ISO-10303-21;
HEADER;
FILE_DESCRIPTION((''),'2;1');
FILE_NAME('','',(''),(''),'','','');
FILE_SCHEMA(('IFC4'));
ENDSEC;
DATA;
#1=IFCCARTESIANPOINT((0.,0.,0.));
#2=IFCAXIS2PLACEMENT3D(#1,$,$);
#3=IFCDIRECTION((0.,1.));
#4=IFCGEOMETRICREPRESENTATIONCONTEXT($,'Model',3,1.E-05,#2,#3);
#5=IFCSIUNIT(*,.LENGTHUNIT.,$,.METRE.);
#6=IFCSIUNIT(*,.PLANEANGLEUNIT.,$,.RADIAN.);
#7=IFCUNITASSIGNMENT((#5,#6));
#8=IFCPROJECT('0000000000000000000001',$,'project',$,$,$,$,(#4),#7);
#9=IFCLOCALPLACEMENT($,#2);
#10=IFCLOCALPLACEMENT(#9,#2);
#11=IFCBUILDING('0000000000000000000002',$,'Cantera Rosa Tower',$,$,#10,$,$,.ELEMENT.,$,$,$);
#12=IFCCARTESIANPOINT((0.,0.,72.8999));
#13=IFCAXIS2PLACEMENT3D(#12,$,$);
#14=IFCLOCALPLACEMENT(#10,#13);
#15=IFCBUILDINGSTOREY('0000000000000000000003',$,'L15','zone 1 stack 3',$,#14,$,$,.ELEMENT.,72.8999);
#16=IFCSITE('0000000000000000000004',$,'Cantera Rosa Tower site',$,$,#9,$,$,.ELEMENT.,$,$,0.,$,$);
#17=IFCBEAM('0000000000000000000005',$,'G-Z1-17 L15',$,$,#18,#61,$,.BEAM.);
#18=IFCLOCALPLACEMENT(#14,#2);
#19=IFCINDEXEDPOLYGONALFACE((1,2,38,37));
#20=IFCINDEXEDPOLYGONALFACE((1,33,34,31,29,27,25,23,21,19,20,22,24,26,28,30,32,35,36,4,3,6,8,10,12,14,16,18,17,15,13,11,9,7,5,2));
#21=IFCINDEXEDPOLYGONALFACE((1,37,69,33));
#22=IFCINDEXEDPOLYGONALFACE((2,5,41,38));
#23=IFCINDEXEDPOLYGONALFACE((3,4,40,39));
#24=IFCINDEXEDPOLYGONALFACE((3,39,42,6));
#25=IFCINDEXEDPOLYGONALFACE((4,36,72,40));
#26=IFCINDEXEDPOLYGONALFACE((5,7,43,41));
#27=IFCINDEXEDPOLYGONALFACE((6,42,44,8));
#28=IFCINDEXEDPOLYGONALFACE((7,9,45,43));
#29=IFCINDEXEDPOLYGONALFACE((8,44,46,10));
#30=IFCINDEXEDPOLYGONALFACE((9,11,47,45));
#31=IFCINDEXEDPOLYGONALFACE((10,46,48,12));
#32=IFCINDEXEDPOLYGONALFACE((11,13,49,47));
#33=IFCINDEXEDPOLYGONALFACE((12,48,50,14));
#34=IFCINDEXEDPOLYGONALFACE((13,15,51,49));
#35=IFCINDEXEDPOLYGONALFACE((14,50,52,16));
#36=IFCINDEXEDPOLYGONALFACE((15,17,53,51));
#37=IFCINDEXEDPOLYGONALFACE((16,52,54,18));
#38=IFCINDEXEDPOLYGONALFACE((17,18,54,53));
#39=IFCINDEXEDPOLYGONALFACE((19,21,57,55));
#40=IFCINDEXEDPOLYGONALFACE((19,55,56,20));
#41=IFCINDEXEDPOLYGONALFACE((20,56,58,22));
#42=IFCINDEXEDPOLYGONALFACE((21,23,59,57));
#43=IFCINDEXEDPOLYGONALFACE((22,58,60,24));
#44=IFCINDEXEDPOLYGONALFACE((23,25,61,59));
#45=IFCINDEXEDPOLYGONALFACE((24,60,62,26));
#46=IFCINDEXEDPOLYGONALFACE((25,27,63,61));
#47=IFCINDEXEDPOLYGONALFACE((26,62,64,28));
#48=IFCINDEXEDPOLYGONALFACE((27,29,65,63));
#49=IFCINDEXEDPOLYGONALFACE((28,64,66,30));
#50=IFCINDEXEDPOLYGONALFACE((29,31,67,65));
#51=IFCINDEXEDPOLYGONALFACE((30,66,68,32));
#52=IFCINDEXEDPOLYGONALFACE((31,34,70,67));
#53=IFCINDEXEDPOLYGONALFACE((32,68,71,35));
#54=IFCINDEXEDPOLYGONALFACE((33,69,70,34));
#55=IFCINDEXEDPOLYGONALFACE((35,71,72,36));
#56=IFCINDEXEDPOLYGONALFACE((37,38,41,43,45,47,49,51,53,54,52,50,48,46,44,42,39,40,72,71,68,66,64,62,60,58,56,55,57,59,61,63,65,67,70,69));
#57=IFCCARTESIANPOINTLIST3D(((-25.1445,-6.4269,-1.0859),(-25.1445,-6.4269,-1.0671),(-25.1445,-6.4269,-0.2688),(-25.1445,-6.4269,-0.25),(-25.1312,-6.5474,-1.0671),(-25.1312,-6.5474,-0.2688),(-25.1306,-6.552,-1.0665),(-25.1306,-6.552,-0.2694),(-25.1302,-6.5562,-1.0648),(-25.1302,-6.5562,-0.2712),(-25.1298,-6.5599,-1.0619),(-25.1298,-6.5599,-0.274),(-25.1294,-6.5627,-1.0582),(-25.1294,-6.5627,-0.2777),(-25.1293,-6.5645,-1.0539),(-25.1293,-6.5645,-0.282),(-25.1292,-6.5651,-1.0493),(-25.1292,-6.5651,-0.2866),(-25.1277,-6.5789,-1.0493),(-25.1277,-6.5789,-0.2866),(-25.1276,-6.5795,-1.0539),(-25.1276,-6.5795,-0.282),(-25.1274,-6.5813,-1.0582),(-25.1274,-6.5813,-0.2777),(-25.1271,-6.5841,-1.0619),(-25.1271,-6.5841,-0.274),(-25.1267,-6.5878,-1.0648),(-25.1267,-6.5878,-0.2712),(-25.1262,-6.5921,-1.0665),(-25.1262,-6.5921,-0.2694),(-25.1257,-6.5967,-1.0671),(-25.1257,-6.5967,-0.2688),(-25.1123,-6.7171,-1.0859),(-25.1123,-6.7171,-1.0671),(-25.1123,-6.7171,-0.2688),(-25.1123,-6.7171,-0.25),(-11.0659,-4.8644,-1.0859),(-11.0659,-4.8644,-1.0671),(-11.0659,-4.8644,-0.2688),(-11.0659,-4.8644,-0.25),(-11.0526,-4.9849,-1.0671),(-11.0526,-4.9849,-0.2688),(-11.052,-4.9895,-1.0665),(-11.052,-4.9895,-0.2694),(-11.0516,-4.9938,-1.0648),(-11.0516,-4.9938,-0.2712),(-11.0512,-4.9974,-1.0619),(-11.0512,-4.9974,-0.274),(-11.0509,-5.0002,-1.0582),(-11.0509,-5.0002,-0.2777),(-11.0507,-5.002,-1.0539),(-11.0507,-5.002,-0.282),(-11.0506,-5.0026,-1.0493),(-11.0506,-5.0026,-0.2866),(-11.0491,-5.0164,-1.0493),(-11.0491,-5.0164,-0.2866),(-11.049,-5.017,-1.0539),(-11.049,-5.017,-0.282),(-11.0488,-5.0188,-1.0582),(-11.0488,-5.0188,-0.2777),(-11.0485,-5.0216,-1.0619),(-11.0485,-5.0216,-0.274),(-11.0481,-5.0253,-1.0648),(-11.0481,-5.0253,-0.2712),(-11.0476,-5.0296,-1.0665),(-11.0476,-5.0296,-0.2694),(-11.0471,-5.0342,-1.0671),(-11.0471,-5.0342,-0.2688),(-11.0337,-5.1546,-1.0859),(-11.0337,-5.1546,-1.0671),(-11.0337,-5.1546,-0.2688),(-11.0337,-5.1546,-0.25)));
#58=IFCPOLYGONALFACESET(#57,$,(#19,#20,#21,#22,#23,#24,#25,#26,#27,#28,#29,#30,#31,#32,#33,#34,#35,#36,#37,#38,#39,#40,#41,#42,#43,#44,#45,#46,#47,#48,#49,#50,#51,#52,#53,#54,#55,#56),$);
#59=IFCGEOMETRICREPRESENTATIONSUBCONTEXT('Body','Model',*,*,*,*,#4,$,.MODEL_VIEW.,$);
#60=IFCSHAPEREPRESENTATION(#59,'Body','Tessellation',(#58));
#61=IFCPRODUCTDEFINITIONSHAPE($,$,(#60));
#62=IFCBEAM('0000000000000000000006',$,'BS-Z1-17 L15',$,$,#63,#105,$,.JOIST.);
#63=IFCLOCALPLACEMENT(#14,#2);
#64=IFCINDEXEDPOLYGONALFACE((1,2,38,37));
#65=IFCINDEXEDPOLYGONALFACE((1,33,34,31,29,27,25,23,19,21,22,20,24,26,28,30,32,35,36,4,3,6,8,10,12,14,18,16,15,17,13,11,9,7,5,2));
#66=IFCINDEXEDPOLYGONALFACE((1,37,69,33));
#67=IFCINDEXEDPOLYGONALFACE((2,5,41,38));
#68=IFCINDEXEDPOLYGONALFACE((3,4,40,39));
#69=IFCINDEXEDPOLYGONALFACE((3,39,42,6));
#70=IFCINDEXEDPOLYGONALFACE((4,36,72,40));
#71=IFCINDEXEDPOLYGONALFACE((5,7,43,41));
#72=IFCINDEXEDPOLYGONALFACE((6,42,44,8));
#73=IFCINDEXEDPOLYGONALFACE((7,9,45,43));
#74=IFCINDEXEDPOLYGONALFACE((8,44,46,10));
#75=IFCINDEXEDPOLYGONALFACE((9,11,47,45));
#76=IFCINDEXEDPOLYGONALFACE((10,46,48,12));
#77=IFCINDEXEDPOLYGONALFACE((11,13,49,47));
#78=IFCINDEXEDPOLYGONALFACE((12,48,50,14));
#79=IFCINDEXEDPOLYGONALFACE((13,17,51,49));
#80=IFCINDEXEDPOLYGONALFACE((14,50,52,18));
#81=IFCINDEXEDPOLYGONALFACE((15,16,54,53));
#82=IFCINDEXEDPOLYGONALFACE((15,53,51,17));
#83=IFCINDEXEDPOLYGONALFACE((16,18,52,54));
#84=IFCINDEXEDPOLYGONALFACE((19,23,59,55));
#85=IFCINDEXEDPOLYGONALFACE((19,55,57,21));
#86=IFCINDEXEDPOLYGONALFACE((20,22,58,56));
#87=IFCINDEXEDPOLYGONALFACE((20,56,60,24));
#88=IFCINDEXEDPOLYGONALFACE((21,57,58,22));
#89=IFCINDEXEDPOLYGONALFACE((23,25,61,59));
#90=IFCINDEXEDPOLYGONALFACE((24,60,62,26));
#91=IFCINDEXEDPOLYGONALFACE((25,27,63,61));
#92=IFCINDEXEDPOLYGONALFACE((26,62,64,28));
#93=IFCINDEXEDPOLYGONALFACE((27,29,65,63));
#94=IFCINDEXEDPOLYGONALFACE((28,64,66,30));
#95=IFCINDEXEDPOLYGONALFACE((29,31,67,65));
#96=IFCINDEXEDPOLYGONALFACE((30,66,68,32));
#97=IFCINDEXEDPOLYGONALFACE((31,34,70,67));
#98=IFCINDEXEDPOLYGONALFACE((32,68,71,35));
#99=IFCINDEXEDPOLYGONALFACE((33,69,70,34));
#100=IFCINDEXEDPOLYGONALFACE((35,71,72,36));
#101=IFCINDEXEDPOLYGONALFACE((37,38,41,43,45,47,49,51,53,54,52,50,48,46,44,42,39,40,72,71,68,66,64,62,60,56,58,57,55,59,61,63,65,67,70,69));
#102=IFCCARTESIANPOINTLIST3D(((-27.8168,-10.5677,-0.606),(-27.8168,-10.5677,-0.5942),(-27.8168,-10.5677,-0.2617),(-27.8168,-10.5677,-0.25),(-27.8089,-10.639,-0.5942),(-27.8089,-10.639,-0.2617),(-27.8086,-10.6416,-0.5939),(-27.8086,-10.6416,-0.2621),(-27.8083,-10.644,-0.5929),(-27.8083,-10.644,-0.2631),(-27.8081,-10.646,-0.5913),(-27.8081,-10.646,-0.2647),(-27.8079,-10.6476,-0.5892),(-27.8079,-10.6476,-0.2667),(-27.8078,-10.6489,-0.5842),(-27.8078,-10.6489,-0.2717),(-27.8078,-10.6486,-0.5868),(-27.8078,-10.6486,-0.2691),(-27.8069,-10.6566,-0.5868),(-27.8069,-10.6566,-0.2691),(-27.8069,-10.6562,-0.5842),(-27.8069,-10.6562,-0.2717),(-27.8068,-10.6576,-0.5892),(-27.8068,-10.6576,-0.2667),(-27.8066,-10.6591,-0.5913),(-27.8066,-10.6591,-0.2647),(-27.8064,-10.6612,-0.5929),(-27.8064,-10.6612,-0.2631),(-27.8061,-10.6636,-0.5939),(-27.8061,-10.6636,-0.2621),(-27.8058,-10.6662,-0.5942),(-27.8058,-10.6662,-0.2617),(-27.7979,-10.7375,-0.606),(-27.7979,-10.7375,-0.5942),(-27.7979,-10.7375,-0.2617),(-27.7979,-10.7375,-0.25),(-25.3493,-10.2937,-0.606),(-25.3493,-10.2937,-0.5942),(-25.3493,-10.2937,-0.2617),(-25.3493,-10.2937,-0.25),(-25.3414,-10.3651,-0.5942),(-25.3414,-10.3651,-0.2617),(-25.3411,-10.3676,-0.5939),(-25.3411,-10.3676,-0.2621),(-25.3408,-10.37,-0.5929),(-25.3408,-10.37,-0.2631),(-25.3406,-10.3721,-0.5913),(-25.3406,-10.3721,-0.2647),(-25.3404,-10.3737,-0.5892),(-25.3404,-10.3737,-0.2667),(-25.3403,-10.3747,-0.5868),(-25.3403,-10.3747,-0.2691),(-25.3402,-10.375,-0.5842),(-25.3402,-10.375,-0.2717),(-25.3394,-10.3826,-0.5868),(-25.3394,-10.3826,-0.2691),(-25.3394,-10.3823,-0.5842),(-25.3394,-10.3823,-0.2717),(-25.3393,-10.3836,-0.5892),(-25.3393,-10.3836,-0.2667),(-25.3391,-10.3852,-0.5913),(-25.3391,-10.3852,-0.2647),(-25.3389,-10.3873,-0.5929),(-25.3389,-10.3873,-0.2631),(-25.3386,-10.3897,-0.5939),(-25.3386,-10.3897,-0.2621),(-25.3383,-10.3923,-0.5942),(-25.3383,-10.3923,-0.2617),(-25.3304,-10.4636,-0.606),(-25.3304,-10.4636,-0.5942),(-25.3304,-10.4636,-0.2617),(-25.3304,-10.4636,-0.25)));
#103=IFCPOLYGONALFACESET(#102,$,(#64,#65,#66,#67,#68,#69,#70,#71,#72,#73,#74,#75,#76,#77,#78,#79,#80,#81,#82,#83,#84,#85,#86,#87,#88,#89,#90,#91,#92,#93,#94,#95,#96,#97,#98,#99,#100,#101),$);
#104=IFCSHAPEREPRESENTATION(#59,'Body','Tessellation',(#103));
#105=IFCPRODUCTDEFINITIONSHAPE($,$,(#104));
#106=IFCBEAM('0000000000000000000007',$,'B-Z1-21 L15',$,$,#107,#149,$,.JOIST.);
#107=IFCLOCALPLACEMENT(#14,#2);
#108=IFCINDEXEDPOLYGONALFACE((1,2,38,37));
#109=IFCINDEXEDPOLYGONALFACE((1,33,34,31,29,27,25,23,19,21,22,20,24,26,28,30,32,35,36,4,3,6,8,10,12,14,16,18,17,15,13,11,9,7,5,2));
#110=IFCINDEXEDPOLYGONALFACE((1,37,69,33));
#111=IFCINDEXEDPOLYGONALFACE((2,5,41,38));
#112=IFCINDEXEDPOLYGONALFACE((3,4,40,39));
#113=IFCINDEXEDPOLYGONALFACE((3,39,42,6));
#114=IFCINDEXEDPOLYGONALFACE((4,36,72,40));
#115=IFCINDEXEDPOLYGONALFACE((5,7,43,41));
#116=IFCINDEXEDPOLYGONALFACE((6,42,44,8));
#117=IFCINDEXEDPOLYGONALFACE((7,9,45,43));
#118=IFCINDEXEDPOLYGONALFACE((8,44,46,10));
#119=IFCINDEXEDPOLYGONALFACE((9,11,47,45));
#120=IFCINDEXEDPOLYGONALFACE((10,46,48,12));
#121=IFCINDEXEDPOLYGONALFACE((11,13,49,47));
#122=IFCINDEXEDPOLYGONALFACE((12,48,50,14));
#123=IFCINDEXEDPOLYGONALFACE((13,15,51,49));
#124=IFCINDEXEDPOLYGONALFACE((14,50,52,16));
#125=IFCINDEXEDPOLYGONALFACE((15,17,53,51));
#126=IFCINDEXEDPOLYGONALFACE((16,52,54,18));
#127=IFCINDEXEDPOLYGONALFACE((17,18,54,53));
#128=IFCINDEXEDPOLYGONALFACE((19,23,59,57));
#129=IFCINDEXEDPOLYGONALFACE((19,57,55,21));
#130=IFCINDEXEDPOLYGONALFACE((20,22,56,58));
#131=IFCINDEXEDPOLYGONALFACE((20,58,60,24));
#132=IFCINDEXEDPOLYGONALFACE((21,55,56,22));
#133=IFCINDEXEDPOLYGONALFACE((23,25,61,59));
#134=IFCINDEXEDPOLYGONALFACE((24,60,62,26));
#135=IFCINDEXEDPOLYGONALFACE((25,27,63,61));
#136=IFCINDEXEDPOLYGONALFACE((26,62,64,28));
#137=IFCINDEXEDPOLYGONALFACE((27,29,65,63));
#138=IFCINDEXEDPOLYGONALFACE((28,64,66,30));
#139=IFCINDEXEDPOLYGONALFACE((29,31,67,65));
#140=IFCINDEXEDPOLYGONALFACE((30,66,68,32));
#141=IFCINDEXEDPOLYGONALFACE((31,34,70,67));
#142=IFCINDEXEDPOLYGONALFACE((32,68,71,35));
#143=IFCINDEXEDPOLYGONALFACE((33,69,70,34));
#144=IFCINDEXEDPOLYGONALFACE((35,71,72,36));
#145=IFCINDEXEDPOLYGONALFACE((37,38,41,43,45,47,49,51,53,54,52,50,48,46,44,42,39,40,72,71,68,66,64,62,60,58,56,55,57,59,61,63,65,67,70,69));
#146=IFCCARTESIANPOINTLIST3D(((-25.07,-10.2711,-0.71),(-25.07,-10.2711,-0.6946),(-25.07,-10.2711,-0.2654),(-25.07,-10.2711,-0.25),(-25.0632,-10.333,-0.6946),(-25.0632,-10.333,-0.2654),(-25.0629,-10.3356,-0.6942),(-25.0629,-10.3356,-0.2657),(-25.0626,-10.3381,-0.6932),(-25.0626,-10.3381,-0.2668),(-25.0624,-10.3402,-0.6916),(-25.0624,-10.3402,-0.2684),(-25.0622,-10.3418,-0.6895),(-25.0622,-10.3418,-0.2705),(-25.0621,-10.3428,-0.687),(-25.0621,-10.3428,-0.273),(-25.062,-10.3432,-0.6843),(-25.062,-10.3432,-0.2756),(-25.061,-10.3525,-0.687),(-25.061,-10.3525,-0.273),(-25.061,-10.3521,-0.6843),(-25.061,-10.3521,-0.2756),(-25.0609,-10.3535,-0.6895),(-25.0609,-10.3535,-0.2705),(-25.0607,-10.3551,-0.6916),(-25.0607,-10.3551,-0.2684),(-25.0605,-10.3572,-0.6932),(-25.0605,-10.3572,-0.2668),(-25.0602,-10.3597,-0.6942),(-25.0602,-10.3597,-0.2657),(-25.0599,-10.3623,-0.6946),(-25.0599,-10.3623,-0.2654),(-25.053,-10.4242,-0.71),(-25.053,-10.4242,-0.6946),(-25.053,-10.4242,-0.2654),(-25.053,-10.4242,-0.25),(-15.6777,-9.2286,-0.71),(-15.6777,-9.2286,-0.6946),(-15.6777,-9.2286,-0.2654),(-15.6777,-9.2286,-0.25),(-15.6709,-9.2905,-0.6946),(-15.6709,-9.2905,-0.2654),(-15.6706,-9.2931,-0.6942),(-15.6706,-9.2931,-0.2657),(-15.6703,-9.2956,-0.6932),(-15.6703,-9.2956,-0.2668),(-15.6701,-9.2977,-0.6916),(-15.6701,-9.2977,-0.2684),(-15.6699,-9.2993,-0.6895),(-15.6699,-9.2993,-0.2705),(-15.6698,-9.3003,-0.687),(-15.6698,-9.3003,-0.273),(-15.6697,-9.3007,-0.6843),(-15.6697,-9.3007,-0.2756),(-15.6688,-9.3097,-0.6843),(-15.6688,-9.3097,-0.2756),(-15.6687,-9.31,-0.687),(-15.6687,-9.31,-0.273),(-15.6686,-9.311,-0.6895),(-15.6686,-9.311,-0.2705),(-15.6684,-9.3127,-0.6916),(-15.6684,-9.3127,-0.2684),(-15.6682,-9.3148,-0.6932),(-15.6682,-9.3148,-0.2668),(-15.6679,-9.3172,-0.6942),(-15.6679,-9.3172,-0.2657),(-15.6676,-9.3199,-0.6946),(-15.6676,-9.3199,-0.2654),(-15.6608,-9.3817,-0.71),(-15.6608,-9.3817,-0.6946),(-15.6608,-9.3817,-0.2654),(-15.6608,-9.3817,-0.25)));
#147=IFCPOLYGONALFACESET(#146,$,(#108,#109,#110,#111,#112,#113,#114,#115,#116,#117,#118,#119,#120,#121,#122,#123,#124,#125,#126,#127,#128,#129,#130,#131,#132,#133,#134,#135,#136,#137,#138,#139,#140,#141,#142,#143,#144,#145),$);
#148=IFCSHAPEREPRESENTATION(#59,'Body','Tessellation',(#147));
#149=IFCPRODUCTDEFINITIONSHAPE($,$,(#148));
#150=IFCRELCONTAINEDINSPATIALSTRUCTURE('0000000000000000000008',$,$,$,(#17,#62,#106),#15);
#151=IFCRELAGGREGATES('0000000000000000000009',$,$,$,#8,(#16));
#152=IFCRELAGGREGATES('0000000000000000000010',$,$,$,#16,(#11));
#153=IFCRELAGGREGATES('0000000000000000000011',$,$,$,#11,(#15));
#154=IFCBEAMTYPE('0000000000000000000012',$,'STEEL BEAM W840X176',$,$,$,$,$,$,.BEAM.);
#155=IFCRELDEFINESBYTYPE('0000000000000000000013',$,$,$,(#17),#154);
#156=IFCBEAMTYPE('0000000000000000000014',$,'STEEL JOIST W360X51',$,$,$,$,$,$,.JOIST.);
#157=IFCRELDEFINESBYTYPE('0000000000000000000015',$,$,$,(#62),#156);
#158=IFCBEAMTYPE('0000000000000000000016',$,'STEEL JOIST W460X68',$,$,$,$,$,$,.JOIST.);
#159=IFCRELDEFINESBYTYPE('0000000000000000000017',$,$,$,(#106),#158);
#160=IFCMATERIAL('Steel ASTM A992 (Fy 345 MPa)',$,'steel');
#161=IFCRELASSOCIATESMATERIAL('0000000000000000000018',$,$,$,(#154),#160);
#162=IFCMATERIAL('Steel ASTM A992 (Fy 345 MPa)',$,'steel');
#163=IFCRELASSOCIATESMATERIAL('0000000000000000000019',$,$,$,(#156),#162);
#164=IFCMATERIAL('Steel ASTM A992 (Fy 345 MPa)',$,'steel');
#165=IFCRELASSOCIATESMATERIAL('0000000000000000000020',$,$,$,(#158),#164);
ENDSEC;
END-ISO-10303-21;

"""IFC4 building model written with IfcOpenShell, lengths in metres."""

from ifc_helpers import new_model, si_unit, direction, frame, origin, origin_2d, place, context, subcontext, project, spatial, i_section, extrude, material, material_profile, profile_set, type_object, element, save


model = new_model("IFC4")

# Units and contexts
model_context = context("Model", 3, precision=1e-05, world=origin(), true_north=direction((0.0, 1.0)))
body_context = subcontext(model_context, "Body", "Model", "MODEL_VIEW")
ifc_project = project(units=[si_unit("LENGTHUNIT", "METRE"), si_unit("PLANEANGLEUNIT", "RADIAN")], contexts=[model_context])

# Site, building, storey
site_placement = place(None, origin())
site = spatial("IfcSite", under=ifc_project, at=site_placement, Name="Cantera Rosa Tower site", CompositionType="ELEMENT", RefElevation=0.0)
building_placement = place(site_placement, origin())
building = spatial("IfcBuilding", under=site, at=building_placement, Name="Cantera Rosa Tower", CompositionType="ELEMENT")
storey_placement = place(building_placement, frame((0.0, 0.0, 72.8999)))
storey = spatial("IfcBuildingStorey", under=building, at=storey_placement, Name="L15", Description="zone 1 stack 3", CompositionType="ELEMENT", Elevation=72.8999)

# Beams
ifc_material_1 = material(Name="Steel ASTM A992 (Fy 345 MPa)", Category="steel")
ifc_material_profile_1 = material_profile(ifc_material_1, i_section(OverallWidth=0.292, OverallDepth=0.8359, WebThickness=0.0139, FlangeThickness=0.0188, FilletRadius=0.0178, at=origin_2d()), Name="W840X176")
ifc_profile_set_1 = profile_set([ifc_material_profile_1], Name="Steel ASTM A992 (Fy 345 MPa)")
beam_type_1 = type_object("IfcBeamType", Name="STEEL BEAM W840X176", PredefinedType="BEAM", material=ifc_profile_set_1)
beam_1_placement = place(storey_placement, frame((-25.1284, -6.572, -0.668), z_axis=(0.993898, 0.110307, 0.0), x_axis=(-0.110307, 0.993898, 0.0)))
element("IfcBeam", 1, at=beam_1_placement, inside=storey, type_object=beam_type_1, Name="G-Z1-17 L15", PredefinedType="BEAM", context=body_context, shape_type="SweptSolid", body=[
    extrude(i_section(OverallWidth=0.292, OverallDepth=0.8359, WebThickness=0.0139, FlangeThickness=0.0188, FilletRadius=0.0178, at=origin_2d()), origin(), (0.0, 0.0, 1.0), 14.165),
])
ifc_material_2 = material(Name="Steel ASTM A992 (Fy 345 MPa)", Category="steel")
ifc_material_profile_2 = material_profile(ifc_material_2, i_section(OverallWidth=0.1709, OverallDepth=0.356, WebThickness=0.0073, FlangeThickness=0.0117, FilletRadius=0.01, at=origin_2d()), Name="W360X51")
ifc_profile_set_2 = profile_set([ifc_material_profile_2], Name="Steel ASTM A992 (Fy 345 MPa)")
beam_type_2 = type_object("IfcBeamType", Name="STEEL JOIST W360X51", PredefinedType="JOIST", material=ifc_profile_set_2)
beam_2_placement = place(storey_placement, frame((-25.3398, -10.3787, -0.428), z_axis=(-0.993895, -0.110334, 0.0), x_axis=(0.110334, -0.993895, 0.0)))
element("IfcBeam", 2, at=beam_2_placement, inside=storey, type_object=beam_type_2, Name="BS-Z1-17 L15", PredefinedType="JOIST", context=body_context, shape_type="SweptSolid", body=[
    extrude(i_section(OverallWidth=0.1709, OverallDepth=0.356, WebThickness=0.0073, FlangeThickness=0.0117, FilletRadius=0.01, at=origin_2d()), origin(), (0.0, 0.0, 1.0), 2.4827),
])
ifc_material_3 = material(Name="Steel ASTM A992 (Fy 345 MPa)", Category="steel")
ifc_material_profile_3 = material_profile(ifc_material_3, i_section(OverallWidth=0.1541, OverallDepth=0.46, WebThickness=0.009, FlangeThickness=0.0154, FilletRadius=0.0103, at=origin_2d()), Name="W460X68")
ifc_profile_set_3 = profile_set([ifc_material_profile_3], Name="Steel ASTM A992 (Fy 345 MPa)")
beam_type_3 = type_object("IfcBeamType", Name="STEEL JOIST W460X68", PredefinedType="JOIST", material=ifc_profile_set_3)
beam_3_placement = place(storey_placement, frame((-25.0615, -10.3477, -0.48), z_axis=(0.993897, 0.110315, 0.0), x_axis=(-0.110315, 0.993897, 0.0)))
element("IfcBeam", 3, at=beam_3_placement, inside=storey, type_object=beam_type_3, Name="B-Z1-21 L15", PredefinedType="JOIST", context=body_context, shape_type="SweptSolid", body=[
    extrude(i_section(OverallWidth=0.1541, OverallDepth=0.46, WebThickness=0.009, FlangeThickness=0.0154, FilletRadius=0.0103, at=origin_2d()), origin(), (0.0, 0.0, 1.0), 9.45),
])

save(model, "model.ifc")
